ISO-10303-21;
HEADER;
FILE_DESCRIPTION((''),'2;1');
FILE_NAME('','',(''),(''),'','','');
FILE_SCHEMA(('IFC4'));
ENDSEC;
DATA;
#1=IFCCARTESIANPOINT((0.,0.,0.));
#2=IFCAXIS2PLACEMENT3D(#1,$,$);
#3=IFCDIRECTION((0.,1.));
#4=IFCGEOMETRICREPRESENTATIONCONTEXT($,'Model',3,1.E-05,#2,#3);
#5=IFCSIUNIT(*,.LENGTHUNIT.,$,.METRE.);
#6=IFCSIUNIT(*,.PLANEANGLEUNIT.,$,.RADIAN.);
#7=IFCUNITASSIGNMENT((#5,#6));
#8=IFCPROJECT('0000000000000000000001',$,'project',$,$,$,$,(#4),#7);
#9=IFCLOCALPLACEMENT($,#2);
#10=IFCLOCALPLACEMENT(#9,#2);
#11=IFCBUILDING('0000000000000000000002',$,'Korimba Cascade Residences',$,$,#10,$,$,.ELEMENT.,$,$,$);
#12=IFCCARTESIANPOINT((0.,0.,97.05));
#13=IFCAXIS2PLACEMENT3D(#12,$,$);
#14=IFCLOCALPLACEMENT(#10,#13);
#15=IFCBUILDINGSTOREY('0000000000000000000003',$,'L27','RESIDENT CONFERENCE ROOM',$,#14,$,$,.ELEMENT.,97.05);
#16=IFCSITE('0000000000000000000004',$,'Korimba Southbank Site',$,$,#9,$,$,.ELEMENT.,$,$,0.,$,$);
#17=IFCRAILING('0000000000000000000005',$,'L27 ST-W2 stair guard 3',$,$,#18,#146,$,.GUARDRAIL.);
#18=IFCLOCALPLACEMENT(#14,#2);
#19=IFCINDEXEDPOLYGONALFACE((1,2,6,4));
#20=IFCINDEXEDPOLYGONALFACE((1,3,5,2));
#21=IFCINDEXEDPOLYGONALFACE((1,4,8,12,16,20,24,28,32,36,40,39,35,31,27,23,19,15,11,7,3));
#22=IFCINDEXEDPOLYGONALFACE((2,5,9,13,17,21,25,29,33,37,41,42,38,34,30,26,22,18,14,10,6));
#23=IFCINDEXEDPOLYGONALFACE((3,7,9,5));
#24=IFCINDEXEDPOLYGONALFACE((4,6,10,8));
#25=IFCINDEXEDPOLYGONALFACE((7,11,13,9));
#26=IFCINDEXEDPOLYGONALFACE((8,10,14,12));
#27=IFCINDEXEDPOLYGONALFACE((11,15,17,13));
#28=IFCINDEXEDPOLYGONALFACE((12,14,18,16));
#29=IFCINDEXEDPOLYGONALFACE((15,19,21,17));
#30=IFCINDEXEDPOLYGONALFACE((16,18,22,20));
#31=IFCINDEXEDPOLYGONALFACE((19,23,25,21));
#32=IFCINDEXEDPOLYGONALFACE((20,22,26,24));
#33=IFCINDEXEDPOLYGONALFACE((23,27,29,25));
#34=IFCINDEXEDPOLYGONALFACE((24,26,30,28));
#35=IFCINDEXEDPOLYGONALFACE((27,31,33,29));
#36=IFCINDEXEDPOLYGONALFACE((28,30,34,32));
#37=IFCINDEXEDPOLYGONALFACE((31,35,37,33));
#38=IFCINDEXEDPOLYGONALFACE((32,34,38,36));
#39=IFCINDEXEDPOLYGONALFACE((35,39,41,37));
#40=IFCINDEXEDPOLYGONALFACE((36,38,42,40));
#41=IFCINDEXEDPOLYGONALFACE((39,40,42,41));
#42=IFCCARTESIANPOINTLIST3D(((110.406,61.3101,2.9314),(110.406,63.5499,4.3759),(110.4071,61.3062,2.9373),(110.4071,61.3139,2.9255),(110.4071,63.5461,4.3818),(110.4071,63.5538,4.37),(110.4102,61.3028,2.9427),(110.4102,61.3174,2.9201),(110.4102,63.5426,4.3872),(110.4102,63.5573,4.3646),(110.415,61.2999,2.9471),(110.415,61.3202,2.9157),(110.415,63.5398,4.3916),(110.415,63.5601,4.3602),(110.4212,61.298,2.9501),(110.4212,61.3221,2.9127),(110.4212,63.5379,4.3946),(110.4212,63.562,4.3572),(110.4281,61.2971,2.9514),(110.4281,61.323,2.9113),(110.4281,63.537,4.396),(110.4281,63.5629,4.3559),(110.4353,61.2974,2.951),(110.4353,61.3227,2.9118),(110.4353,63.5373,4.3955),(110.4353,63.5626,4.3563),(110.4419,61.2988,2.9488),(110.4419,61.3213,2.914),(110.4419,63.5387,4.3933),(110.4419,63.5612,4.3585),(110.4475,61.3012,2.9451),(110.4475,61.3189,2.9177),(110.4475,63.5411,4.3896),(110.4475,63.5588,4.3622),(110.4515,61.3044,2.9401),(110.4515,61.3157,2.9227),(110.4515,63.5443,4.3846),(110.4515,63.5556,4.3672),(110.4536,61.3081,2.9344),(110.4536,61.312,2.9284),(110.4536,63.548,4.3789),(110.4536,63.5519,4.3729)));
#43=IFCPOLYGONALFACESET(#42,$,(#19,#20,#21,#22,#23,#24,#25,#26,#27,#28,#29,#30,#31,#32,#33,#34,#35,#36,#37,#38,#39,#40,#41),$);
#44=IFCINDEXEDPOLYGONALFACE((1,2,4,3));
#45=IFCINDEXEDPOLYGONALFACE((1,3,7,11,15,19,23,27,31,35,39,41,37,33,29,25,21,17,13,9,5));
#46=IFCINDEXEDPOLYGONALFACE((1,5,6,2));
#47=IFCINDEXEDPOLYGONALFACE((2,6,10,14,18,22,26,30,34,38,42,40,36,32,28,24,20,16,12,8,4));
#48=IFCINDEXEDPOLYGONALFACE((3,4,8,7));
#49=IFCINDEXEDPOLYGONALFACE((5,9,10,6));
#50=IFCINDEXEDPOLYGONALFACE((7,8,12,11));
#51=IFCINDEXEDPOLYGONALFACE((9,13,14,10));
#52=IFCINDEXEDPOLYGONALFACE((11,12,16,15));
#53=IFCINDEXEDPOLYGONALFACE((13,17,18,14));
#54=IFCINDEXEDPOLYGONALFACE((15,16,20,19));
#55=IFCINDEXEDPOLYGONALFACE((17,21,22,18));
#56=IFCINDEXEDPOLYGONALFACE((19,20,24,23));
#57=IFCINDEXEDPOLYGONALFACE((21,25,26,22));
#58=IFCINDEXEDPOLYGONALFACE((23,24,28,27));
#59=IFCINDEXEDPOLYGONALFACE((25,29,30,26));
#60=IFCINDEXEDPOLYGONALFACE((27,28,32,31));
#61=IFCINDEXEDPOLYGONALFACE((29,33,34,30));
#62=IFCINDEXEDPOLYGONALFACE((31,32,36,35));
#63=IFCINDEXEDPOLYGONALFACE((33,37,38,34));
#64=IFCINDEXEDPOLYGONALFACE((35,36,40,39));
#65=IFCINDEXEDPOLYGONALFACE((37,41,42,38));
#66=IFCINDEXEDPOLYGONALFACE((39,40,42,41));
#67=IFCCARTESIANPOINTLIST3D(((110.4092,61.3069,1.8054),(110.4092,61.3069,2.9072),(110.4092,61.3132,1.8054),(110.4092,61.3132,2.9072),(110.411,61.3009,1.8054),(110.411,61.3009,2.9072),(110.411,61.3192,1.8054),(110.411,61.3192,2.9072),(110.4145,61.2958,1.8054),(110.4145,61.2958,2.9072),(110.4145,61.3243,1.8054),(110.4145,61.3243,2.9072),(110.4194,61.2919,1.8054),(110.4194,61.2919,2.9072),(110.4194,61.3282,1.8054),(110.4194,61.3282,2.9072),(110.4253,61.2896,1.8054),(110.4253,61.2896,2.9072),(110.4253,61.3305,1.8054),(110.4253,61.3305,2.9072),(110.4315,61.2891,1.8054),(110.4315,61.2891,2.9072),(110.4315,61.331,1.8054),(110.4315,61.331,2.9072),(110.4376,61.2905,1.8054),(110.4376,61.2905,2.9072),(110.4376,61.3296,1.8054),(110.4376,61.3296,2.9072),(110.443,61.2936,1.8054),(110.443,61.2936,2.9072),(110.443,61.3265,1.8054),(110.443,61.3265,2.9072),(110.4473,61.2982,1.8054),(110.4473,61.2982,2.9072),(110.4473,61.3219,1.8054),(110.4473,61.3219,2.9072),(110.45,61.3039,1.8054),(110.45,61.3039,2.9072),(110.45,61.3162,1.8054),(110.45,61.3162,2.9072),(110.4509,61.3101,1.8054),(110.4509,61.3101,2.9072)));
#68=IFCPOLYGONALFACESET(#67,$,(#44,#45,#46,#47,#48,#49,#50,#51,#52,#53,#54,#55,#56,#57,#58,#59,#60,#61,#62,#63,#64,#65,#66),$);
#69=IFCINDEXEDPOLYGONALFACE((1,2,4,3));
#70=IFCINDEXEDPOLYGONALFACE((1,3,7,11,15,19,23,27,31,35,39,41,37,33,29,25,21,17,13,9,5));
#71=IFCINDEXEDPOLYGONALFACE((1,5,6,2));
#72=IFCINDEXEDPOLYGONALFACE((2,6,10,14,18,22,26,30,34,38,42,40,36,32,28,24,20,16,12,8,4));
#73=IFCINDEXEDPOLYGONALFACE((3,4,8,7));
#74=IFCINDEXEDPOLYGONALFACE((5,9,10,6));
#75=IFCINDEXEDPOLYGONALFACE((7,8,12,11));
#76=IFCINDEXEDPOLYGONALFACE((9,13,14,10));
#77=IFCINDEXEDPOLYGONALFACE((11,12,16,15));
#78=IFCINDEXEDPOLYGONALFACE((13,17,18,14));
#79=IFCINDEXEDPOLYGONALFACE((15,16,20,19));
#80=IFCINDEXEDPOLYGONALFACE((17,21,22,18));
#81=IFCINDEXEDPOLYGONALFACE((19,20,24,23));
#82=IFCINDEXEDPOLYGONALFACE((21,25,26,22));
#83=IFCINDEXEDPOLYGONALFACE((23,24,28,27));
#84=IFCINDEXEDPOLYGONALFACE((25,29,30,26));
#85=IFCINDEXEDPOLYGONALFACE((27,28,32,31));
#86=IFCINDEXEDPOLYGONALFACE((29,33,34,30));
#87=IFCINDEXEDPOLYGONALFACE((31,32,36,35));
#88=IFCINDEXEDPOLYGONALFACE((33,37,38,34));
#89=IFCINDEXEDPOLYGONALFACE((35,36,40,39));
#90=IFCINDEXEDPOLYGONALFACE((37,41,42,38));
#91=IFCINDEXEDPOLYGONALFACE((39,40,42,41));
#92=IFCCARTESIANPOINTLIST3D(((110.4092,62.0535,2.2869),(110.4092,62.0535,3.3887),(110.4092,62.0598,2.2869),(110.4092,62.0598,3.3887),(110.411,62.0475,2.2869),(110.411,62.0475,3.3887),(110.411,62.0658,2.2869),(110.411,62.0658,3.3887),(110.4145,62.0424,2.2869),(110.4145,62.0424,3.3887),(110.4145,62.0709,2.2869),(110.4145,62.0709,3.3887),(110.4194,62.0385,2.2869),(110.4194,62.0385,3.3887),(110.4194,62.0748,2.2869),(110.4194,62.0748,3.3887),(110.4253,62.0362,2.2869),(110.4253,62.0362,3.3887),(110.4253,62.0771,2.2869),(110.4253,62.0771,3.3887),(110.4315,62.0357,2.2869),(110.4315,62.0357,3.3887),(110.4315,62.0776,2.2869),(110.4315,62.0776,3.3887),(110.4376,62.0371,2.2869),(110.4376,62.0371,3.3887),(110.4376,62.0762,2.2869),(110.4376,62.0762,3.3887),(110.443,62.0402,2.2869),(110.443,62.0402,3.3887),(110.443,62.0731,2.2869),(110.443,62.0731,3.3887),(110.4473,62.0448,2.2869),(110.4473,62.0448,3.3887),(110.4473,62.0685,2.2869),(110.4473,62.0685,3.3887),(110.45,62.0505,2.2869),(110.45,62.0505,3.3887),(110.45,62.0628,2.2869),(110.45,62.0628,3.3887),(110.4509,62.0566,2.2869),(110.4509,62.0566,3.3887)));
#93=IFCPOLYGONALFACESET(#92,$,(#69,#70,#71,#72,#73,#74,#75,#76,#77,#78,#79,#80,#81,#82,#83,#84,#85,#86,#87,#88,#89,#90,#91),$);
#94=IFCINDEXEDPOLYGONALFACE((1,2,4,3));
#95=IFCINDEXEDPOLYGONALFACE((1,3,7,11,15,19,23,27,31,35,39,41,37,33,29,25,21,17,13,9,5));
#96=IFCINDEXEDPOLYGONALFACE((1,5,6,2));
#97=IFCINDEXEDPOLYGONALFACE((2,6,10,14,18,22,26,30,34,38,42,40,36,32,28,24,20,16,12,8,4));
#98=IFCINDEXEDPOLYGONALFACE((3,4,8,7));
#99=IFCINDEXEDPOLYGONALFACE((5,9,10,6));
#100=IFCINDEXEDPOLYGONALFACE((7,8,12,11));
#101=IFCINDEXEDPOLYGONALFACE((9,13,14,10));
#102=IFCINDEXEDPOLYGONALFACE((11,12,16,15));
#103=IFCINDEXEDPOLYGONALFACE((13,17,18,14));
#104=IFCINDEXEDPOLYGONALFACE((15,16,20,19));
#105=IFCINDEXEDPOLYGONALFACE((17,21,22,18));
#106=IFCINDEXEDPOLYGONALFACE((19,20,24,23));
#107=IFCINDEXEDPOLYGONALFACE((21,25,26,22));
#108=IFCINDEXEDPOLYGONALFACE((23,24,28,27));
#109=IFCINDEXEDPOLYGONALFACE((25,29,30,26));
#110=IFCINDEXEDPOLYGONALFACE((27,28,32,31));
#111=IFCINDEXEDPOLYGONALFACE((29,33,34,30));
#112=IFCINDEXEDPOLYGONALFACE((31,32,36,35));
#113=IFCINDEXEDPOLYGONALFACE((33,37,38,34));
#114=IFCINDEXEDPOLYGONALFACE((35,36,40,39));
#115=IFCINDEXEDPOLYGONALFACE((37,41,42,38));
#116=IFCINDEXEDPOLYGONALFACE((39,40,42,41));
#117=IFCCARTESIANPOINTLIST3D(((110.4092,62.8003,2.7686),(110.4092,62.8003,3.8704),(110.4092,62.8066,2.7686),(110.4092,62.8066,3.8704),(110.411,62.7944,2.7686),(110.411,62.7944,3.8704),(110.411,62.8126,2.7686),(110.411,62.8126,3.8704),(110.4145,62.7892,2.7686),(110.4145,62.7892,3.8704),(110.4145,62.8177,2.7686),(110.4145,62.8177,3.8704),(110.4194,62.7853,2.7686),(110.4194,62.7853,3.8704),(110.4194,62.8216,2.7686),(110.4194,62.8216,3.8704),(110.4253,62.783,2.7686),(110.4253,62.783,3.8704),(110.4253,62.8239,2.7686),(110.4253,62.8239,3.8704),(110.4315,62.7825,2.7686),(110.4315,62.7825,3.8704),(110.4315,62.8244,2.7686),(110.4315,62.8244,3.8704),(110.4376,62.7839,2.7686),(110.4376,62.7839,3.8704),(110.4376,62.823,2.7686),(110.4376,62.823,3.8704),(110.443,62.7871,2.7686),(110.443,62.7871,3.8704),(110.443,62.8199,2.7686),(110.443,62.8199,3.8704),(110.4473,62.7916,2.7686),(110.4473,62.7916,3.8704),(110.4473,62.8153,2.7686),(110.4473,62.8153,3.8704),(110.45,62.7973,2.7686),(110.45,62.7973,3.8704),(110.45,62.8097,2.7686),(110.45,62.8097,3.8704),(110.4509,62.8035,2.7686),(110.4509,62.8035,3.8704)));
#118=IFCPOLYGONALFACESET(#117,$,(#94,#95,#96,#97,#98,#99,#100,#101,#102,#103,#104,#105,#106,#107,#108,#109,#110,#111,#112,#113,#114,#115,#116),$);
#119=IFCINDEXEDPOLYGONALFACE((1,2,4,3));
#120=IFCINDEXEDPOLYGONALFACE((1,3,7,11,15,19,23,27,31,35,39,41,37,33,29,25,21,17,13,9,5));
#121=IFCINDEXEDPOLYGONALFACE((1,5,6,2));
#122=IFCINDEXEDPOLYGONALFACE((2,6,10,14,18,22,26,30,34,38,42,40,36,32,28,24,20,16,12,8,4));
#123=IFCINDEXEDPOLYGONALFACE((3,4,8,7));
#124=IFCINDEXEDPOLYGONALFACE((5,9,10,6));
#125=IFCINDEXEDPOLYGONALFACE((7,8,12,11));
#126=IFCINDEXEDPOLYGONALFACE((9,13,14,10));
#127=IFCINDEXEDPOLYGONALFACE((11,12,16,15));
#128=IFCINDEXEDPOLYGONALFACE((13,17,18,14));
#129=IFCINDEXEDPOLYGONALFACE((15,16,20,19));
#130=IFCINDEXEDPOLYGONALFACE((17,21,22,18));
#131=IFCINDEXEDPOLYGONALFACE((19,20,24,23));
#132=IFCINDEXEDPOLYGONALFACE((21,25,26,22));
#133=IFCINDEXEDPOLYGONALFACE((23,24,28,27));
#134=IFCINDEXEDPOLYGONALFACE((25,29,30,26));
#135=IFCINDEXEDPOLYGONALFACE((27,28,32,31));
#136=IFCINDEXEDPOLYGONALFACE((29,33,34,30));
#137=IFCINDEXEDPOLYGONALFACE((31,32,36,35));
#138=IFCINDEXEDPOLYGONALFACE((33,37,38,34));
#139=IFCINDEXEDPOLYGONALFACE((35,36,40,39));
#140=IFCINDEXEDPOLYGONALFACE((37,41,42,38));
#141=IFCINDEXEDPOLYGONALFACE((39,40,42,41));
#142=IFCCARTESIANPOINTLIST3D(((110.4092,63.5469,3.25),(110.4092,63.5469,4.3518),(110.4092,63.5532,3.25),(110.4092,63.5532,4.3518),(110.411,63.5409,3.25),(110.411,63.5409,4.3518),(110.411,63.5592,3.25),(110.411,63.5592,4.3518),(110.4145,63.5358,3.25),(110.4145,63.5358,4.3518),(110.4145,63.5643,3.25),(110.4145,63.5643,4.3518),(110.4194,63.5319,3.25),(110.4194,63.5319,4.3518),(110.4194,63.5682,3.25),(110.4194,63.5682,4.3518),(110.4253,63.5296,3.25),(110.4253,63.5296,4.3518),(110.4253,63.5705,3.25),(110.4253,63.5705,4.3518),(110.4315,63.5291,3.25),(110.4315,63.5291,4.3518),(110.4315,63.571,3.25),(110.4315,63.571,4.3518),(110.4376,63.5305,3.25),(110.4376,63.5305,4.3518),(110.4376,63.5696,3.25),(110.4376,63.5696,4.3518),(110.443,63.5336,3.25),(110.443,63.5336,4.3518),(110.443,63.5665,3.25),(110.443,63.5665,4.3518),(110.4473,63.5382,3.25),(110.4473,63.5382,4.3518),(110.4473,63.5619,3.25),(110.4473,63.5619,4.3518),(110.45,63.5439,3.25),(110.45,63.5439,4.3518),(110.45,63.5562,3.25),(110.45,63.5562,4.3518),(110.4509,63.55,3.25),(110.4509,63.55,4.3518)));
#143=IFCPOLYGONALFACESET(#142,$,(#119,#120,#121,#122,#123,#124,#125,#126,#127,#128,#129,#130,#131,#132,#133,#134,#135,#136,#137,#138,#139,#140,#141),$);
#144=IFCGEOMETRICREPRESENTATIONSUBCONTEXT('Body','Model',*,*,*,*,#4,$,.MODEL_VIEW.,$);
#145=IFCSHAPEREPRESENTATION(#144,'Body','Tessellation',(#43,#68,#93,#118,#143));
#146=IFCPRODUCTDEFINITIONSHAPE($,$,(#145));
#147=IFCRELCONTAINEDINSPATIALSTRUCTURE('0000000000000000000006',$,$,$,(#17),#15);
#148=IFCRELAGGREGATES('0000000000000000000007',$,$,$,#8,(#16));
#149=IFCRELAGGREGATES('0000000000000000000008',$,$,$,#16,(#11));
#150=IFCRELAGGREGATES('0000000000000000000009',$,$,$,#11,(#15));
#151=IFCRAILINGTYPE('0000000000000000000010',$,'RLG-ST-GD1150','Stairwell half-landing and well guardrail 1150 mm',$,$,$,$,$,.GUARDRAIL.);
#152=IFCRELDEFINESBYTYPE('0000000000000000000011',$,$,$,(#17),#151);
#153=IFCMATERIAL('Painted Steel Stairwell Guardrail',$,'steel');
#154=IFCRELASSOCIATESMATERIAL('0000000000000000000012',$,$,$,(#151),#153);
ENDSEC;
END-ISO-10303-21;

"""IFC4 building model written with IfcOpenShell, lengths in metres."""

from ifc_helpers import new_model, si_unit, direction, frame, origin, origin_2d, place, context, subcontext, project, spatial, circle, extrude, material, type_object, element, save


model = new_model("IFC4")

# Units and contexts
model_context = context("Model", 3, precision=1e-05, world=origin(), true_north=direction((0.0, 1.0)))
body_context = subcontext(model_context, "Body", "Model", "MODEL_VIEW")
ifc_project = project(units=[si_unit("LENGTHUNIT", "METRE"), si_unit("PLANEANGLEUNIT", "RADIAN")], contexts=[model_context])

# Site, building, storey
site_placement = place(None, origin())
site = spatial("IfcSite", under=ifc_project, at=site_placement, Name="Korimba Southbank Site", CompositionType="ELEMENT", RefElevation=0.0)
building_placement = place(site_placement, origin())
building = spatial("IfcBuilding", under=site, at=building_placement, Name="Korimba Cascade Residences", CompositionType="ELEMENT")
storey_placement = place(building_placement, frame((0.0, 0.0, 97.05)))
storey = spatial("IfcBuildingStorey", under=building, at=storey_placement, Name="L27", Description="RESIDENT CONFERENCE ROOM", CompositionType="ELEMENT", Elevation=97.05)

# Railing
ifc_material_1 = material(Name="Painted Steel Stairwell Guardrail", Category="steel")
railing_type_1 = type_object("IfcRailingType", Name="RLG-ST-GD1150", Description="Stairwell half-landing and well guardrail 1150 mm", PredefinedType="GUARDRAIL", material=ifc_material_1)
railing_1_placement = place(storey_placement, frame((110.4299, 61.3101, 1.8054)))
element("IfcRailing", 1, at=railing_1_placement, inside=storey, type_object=railing_type_1, Name="L27 ST-W2 stair guard 3", PredefinedType="GUARDRAIL", context=body_context, shape_type="SweptSolid", body=[
    extrude(circle(Radius=0.0239, at=origin_2d()), frame((0.0, 0.0, 1.126), z_axis=(0.0, 0.840395, 0.541975), x_axis=(-1.0, 0.0, 0.0)), (0.0, 0.0, 1.0), 2.6653),
    extrude(circle(Radius=0.021, at=origin_2d()), origin(), (0.0, 0.0, 1.0), 1.1018),
    extrude(circle(Radius=0.021, at=origin_2d()), frame((0.0, 0.7466, 0.4814)), (0.0, 0.0, 1.0), 1.1018),
    extrude(circle(Radius=0.021, at=origin_2d()), frame((0.0, 1.4934, 0.9631)), (0.0, 0.0, 1.0), 1.1018),
    extrude(circle(Radius=0.021, at=origin_2d()), frame((0.0, 2.24, 1.4446)), (0.0, 0.0, 1.0), 1.1018),
])

save(model, "model.ifc")
